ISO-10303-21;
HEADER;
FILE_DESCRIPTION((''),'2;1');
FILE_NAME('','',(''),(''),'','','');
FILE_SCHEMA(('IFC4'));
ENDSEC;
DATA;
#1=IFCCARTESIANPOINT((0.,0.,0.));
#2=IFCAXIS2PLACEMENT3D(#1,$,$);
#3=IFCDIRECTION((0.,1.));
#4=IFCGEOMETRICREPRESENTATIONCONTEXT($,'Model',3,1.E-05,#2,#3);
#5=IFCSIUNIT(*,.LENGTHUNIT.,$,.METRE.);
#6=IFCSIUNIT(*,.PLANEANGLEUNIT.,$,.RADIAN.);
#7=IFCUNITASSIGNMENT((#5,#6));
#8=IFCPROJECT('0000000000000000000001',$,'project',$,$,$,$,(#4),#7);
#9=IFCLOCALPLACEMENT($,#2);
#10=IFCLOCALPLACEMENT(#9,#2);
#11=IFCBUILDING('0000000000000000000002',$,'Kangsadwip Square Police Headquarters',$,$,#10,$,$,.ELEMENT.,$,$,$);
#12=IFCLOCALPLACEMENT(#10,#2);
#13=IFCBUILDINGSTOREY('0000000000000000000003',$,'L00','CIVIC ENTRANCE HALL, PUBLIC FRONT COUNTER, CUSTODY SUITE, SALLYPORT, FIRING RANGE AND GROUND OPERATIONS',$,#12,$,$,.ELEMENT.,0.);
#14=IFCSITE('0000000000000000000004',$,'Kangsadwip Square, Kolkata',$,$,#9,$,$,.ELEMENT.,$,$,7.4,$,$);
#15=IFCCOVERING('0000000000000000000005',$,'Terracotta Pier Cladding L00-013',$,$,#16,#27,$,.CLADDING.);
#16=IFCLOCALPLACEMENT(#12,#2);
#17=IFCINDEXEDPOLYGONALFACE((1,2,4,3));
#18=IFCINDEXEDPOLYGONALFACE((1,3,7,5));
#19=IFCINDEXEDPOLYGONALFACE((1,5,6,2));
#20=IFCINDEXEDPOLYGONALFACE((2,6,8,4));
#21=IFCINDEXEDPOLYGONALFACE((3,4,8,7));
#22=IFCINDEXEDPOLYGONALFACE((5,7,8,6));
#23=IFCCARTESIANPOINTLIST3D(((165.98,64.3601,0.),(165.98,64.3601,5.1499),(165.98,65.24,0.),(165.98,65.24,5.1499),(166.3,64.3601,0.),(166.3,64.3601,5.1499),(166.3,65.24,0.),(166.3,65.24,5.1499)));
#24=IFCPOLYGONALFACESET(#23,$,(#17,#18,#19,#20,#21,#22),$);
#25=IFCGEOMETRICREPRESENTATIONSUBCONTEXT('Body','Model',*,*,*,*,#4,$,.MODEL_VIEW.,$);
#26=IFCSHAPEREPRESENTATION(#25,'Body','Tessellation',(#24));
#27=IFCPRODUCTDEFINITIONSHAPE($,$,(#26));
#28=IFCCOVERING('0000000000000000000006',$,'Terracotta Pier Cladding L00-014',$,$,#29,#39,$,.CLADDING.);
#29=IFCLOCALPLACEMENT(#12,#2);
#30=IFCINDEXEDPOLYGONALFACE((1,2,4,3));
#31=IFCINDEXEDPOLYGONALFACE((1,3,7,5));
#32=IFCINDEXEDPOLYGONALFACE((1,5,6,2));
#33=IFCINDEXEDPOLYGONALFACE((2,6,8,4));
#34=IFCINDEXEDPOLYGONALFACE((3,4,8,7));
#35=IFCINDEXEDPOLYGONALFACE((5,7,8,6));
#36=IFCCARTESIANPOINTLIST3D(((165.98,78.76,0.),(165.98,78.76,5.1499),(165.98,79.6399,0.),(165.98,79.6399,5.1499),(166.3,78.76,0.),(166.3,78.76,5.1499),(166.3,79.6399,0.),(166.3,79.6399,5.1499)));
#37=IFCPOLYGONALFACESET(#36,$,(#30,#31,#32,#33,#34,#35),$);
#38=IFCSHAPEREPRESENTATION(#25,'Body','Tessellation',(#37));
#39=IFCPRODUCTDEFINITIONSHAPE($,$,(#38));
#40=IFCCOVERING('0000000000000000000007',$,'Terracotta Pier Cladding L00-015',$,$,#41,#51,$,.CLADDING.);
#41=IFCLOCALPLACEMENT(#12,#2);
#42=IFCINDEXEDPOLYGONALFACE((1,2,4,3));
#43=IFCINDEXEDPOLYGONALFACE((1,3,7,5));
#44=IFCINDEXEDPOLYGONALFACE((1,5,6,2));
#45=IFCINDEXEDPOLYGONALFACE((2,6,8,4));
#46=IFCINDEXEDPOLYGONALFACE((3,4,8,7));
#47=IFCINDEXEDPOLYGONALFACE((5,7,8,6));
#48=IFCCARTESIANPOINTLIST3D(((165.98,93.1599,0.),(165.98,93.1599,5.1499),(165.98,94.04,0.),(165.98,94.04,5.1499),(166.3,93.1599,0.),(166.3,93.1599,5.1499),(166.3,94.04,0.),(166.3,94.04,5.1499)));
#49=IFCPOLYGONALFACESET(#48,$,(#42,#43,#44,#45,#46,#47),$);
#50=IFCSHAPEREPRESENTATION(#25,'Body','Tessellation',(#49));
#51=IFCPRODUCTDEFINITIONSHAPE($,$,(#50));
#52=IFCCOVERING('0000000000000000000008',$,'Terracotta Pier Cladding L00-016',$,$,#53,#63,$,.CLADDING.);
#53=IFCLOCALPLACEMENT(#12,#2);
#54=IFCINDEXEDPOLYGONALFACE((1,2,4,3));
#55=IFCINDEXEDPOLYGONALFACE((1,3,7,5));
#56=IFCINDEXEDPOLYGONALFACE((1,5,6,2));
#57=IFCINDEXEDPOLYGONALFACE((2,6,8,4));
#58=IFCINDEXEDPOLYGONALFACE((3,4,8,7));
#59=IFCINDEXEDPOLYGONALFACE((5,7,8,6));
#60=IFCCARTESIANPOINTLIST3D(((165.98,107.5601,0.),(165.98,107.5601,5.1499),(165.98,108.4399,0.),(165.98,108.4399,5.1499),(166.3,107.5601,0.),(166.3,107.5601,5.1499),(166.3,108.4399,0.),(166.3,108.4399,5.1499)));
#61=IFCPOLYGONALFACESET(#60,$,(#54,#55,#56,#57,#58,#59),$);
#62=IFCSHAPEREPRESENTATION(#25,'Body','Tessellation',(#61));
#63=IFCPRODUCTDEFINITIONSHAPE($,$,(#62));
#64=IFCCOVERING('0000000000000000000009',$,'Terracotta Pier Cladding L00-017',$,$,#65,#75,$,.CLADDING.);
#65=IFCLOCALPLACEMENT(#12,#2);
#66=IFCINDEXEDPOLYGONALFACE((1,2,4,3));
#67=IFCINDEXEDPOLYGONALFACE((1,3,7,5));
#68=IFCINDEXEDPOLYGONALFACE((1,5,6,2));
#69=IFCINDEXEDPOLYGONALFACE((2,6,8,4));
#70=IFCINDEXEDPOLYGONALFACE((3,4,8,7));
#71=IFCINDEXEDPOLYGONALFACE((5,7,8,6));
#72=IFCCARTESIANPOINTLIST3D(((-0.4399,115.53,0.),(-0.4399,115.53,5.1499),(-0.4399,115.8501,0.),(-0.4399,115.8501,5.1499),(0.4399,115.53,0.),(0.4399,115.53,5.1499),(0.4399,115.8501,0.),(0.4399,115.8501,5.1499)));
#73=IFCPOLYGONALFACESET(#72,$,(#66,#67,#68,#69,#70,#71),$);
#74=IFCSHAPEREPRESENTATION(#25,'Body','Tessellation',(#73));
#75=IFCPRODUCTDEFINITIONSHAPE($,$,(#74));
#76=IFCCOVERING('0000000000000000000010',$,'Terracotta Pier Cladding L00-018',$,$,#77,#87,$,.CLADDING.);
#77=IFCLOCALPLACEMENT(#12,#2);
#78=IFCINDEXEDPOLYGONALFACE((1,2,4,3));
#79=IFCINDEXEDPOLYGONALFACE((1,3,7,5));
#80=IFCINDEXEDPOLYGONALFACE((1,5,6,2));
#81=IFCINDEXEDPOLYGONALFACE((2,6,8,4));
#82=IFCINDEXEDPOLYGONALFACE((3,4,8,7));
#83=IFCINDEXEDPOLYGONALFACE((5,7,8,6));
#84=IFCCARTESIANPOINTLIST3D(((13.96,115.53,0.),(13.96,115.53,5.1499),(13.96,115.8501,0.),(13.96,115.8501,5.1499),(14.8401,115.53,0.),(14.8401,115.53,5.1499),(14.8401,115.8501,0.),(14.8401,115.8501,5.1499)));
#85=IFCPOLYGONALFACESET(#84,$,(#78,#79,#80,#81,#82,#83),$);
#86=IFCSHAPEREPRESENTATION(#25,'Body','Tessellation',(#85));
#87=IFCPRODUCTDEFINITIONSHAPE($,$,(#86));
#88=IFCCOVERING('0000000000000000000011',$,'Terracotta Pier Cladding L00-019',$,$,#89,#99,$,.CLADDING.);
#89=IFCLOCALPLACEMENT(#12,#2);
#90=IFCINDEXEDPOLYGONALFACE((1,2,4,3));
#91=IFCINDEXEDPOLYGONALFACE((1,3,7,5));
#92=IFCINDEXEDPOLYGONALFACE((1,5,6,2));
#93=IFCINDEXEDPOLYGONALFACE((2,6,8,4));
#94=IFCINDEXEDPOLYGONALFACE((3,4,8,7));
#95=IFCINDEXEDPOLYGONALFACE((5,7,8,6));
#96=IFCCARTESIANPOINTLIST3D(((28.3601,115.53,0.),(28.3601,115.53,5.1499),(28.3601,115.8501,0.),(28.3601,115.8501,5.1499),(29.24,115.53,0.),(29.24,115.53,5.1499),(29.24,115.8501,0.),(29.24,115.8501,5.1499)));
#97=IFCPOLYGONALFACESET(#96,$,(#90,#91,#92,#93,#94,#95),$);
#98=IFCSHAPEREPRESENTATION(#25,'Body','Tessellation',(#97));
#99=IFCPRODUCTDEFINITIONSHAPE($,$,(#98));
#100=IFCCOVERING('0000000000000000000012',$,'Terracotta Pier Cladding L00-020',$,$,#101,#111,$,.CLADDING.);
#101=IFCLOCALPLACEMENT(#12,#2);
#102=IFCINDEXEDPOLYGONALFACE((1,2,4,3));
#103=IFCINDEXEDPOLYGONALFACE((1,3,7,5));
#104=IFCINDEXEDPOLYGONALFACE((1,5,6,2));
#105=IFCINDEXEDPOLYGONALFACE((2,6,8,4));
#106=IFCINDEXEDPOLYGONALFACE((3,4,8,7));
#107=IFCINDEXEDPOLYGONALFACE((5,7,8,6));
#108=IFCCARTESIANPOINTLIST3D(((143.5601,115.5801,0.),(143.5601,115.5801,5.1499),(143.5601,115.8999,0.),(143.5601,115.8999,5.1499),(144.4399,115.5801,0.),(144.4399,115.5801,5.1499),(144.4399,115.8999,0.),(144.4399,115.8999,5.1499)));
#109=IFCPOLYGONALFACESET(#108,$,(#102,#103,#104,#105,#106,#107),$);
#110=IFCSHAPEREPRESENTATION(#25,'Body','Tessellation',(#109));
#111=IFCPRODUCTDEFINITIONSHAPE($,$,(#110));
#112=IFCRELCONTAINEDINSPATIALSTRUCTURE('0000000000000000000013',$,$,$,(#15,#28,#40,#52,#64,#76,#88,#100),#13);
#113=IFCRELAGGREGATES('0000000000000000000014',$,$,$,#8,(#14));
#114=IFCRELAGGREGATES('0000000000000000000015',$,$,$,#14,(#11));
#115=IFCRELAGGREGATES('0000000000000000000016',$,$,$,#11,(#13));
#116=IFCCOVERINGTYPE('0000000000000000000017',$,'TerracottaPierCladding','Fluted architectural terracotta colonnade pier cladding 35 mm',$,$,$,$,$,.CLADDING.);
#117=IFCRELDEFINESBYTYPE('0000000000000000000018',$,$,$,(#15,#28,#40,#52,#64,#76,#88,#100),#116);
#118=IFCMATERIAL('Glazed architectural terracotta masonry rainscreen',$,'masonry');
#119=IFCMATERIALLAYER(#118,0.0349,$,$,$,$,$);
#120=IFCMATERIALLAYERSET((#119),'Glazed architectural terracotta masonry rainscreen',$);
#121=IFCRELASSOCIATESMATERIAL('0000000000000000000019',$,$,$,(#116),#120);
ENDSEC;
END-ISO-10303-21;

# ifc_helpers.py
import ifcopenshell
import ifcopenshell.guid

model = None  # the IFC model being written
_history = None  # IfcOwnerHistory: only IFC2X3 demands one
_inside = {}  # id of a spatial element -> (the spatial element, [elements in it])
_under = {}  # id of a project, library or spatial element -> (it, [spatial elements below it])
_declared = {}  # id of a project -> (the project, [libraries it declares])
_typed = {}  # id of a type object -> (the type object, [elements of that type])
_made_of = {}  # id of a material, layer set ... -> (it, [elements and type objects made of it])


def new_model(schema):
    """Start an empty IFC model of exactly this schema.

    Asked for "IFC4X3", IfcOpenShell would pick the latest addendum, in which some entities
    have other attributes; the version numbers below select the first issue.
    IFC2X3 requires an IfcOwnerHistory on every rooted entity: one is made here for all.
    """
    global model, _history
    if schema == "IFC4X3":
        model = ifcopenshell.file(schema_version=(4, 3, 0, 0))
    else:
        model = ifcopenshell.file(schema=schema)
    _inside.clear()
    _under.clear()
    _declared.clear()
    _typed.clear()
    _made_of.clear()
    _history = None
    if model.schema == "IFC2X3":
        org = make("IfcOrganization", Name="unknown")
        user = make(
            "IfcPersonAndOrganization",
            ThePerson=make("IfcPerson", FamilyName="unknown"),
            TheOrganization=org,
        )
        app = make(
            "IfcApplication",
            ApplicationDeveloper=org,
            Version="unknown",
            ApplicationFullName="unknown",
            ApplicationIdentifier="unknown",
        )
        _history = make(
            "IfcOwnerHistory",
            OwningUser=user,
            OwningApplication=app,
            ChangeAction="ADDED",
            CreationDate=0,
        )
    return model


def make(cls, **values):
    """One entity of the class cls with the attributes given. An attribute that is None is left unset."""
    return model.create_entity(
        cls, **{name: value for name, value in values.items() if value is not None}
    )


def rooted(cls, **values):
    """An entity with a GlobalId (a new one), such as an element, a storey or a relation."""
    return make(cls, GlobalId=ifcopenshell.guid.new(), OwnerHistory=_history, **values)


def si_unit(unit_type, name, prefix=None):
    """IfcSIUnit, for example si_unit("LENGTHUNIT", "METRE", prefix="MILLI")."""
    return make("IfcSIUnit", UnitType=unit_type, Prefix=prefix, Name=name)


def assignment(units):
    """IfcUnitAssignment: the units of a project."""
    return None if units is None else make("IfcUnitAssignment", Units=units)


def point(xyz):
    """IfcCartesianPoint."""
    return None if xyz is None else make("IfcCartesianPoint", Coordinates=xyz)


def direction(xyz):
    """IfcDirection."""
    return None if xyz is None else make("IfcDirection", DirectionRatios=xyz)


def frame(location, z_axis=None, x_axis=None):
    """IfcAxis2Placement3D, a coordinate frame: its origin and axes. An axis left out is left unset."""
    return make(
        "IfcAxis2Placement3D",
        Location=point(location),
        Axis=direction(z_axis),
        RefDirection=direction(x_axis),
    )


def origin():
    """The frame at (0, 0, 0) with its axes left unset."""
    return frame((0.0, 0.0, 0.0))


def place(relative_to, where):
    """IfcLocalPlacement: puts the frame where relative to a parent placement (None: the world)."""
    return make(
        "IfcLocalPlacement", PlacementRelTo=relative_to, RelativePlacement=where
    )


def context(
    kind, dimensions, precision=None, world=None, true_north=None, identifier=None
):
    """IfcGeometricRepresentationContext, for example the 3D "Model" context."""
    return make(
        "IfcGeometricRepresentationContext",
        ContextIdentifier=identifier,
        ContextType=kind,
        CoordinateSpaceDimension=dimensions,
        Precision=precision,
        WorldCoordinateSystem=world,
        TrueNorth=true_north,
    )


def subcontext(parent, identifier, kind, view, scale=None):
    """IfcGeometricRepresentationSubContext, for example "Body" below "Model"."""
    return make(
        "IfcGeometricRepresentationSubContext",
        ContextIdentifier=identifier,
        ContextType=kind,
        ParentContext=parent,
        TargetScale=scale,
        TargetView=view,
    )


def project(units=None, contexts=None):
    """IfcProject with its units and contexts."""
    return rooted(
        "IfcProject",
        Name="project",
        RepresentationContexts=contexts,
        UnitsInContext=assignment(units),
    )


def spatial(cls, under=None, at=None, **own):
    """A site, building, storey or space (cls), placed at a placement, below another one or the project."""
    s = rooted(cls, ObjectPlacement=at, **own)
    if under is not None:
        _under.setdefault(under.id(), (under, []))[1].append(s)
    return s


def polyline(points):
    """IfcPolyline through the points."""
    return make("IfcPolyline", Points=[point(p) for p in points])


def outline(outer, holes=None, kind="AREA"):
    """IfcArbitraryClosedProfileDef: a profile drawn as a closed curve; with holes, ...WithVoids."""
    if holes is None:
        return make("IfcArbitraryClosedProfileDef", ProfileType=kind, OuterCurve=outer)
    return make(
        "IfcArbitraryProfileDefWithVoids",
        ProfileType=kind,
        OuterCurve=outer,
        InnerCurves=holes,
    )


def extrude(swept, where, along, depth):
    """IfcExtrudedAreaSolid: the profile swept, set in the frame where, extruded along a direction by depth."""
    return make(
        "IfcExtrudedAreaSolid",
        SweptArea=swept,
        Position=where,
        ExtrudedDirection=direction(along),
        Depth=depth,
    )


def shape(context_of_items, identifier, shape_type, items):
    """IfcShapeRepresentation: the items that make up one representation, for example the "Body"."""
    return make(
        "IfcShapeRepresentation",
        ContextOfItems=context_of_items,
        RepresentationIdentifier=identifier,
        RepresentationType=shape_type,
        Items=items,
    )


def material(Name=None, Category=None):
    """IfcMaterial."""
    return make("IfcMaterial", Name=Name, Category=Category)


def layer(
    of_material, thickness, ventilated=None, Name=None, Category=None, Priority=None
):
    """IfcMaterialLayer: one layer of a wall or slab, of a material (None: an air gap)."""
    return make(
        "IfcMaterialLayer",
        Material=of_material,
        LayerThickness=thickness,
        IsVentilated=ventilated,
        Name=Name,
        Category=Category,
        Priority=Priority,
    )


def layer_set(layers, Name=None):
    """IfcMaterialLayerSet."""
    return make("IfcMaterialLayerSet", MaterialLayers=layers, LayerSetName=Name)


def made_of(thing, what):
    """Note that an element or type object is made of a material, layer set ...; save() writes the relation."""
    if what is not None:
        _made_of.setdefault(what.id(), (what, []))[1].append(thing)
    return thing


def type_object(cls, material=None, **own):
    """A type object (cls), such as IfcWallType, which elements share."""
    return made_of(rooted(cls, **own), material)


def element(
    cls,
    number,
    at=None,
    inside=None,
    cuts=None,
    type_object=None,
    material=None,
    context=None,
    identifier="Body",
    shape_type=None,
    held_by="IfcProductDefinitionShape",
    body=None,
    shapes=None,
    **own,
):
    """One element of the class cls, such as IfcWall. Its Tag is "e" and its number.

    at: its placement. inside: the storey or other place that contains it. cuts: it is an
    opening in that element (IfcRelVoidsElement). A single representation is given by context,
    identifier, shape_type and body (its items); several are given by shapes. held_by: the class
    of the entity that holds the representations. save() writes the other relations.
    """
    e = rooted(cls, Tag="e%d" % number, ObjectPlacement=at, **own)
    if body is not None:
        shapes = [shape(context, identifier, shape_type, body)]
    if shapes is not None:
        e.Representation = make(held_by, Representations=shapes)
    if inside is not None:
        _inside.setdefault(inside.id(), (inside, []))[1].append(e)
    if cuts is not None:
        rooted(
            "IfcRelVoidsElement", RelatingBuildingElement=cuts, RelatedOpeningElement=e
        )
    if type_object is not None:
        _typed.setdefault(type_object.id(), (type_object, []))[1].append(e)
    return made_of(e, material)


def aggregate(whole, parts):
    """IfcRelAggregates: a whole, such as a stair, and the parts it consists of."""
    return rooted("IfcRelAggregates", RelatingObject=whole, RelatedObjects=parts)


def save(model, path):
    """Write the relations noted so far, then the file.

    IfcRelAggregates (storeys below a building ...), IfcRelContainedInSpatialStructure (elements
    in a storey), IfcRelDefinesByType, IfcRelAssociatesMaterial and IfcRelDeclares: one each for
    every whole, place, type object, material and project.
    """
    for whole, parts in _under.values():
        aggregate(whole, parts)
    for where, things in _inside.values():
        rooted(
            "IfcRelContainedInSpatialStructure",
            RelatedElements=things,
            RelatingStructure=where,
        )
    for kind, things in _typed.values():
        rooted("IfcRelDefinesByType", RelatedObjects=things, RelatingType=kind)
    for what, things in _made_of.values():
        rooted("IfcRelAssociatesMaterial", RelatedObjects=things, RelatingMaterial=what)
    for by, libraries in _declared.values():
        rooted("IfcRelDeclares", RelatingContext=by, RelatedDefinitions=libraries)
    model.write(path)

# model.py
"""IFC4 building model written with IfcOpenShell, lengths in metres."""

from ifc_helpers import new_model, si_unit, direction, origin, place, context, subcontext, project, spatial, polyline, outline, extrude, material, layer, layer_set, type_object, element, save


model = new_model("IFC4")

# Units and contexts
model_context = context("Model", 3, precision=1e-05, world=origin(), true_north=direction((0.0, 1.0)))
body_context = subcontext(model_context, "Body", "Model", "MODEL_VIEW")
ifc_project = project(units=[si_unit("LENGTHUNIT", "METRE"), si_unit("PLANEANGLEUNIT", "RADIAN")], contexts=[model_context])

# Site, building, storey
site_placement = place(None, origin())
site = spatial("IfcSite", under=ifc_project, at=site_placement, Name="Kangsadwip Square, Kolkata", CompositionType="ELEMENT", RefElevation=7.4)
building_placement = place(site_placement, origin())
building = spatial("IfcBuilding", under=site, at=building_placement, Name="Kangsadwip Square Police Headquarters", CompositionType="ELEMENT")
storey_placement = place(building_placement, origin())
storey = spatial("IfcBuildingStorey", under=building, at=storey_placement, Name="L00", Description="CIVIC ENTRANCE HALL, PUBLIC FRONT COUNTER, CUSTODY SUITE, SALLYPORT, FIRING RANGE AND GROUND OPERATIONS", CompositionType="ELEMENT", Elevation=0.0)

# Coverings
ifc_material_1 = material(Name="Glazed architectural terracotta masonry rainscreen", Category="masonry")
ifc_layer_1 = layer(ifc_material_1, 0.0349)
ifc_layer_set_1 = layer_set([ifc_layer_1], Name="Glazed architectural terracotta masonry rainscreen")
covering_type_1 = type_object("IfcCoveringType", Name="TerracottaPierCladding", Description="Fluted architectural terracotta colonnade pier cladding 35 mm", PredefinedType="CLADDING", material=ifc_layer_set_1)
covering_1_placement = place(storey_placement, origin())
element("IfcCovering", 1, at=covering_1_placement, inside=storey, type_object=covering_type_1, Name="Terracotta Pier Cladding L00-013", PredefinedType="CLADDING", context=body_context, shape_type="SweptSolid", body=[
    extrude(outline(polyline([(165.98, 64.3601), (166.3, 64.3601), (166.3, 65.24), (165.98, 65.24), (165.98, 64.3601)])), origin(), (0.0, 0.0, 1.0), 5.1499),
])
covering_2_placement = place(storey_placement, origin())
element("IfcCovering", 2, at=covering_2_placement, inside=storey, type_object=covering_type_1, Name="Terracotta Pier Cladding L00-014", PredefinedType="CLADDING", context=body_context, shape_type="SweptSolid", body=[
    extrude(outline(polyline([(165.98, 78.76), (166.3, 78.76), (166.3, 79.6399), (165.98, 79.6399), (165.98, 78.76)])), origin(), (0.0, 0.0, 1.0), 5.1499),
])
covering_3_placement = place(storey_placement, origin())
element("IfcCovering", 3, at=covering_3_placement, inside=storey, type_object=covering_type_1, Name="Terracotta Pier Cladding L00-015", PredefinedType="CLADDING", context=body_context, shape_type="SweptSolid", body=[
    extrude(outline(polyline([(165.98, 93.1599), (166.3, 93.1599), (166.3, 94.04), (165.98, 94.04), (165.98, 93.1599)])), origin(), (0.0, 0.0, 1.0), 5.1499),
])
covering_4_placement = place(storey_placement, origin())
element("IfcCovering", 4, at=covering_4_placement, inside=storey, type_object=covering_type_1, Name="Terracotta Pier Cladding L00-016", PredefinedType="CLADDING", context=body_context, shape_type="SweptSolid", body=[
    extrude(outline(polyline([(165.98, 107.5601), (166.3, 107.5601), (166.3, 108.4399), (165.98, 108.4399), (165.98, 107.5601)])), origin(), (0.0, 0.0, 1.0), 5.1499),
])
covering_5_placement = place(storey_placement, origin())
element("IfcCovering", 5, at=covering_5_placement, inside=storey, type_object=covering_type_1, Name="Terracotta Pier Cladding L00-017", PredefinedType="CLADDING", context=body_context, shape_type="SweptSolid", body=[
    extrude(outline(polyline([(-0.4399, 115.53), (0.4399, 115.53), (0.4399, 115.8501), (-0.4399, 115.8501), (-0.4399, 115.53)])), origin(), (0.0, 0.0, 1.0), 5.1499),
])
covering_6_placement = place(storey_placement, origin())
element("IfcCovering", 6, at=covering_6_placement, inside=storey, type_object=covering_type_1, Name="Terracotta Pier Cladding L00-018", PredefinedType="CLADDING", context=body_context, shape_type="SweptSolid", body=[
    extrude(outline(polyline([(13.96, 115.53), (14.8401, 115.53), (14.8401, 115.8501), (13.96, 115.8501), (13.96, 115.53)])), origin(), (0.0, 0.0, 1.0), 5.1499),
])
covering_7_placement = place(storey_placement, origin())
element("IfcCovering", 7, at=covering_7_placement, inside=storey, type_object=covering_type_1, Name="Terracotta Pier Cladding L00-019", PredefinedType="CLADDING", context=body_context, shape_type="SweptSolid", body=[
    extrude(outline(polyline([(28.3601, 115.53), (29.24, 115.53), (29.24, 115.8501), (28.3601, 115.8501), (28.3601, 115.53)])), origin(), (0.0, 0.0, 1.0), 5.1499),
])
covering_8_placement = place(storey_placement, origin())
element("IfcCovering", 8, at=covering_8_placement, inside=storey, type_object=covering_type_1, Name="Terracotta Pier Cladding L00-020", PredefinedType="CLADDING", context=body_context, shape_type="SweptSolid", body=[
    extrude(outline(polyline([(143.5601, 115.5801), (144.4399, 115.5801), (144.4399, 115.8999), (143.5601, 115.8999), (143.5601, 115.5801)])), origin(), (0.0, 0.0, 1.0), 5.1499),
])

save(model, "model.ifc")
